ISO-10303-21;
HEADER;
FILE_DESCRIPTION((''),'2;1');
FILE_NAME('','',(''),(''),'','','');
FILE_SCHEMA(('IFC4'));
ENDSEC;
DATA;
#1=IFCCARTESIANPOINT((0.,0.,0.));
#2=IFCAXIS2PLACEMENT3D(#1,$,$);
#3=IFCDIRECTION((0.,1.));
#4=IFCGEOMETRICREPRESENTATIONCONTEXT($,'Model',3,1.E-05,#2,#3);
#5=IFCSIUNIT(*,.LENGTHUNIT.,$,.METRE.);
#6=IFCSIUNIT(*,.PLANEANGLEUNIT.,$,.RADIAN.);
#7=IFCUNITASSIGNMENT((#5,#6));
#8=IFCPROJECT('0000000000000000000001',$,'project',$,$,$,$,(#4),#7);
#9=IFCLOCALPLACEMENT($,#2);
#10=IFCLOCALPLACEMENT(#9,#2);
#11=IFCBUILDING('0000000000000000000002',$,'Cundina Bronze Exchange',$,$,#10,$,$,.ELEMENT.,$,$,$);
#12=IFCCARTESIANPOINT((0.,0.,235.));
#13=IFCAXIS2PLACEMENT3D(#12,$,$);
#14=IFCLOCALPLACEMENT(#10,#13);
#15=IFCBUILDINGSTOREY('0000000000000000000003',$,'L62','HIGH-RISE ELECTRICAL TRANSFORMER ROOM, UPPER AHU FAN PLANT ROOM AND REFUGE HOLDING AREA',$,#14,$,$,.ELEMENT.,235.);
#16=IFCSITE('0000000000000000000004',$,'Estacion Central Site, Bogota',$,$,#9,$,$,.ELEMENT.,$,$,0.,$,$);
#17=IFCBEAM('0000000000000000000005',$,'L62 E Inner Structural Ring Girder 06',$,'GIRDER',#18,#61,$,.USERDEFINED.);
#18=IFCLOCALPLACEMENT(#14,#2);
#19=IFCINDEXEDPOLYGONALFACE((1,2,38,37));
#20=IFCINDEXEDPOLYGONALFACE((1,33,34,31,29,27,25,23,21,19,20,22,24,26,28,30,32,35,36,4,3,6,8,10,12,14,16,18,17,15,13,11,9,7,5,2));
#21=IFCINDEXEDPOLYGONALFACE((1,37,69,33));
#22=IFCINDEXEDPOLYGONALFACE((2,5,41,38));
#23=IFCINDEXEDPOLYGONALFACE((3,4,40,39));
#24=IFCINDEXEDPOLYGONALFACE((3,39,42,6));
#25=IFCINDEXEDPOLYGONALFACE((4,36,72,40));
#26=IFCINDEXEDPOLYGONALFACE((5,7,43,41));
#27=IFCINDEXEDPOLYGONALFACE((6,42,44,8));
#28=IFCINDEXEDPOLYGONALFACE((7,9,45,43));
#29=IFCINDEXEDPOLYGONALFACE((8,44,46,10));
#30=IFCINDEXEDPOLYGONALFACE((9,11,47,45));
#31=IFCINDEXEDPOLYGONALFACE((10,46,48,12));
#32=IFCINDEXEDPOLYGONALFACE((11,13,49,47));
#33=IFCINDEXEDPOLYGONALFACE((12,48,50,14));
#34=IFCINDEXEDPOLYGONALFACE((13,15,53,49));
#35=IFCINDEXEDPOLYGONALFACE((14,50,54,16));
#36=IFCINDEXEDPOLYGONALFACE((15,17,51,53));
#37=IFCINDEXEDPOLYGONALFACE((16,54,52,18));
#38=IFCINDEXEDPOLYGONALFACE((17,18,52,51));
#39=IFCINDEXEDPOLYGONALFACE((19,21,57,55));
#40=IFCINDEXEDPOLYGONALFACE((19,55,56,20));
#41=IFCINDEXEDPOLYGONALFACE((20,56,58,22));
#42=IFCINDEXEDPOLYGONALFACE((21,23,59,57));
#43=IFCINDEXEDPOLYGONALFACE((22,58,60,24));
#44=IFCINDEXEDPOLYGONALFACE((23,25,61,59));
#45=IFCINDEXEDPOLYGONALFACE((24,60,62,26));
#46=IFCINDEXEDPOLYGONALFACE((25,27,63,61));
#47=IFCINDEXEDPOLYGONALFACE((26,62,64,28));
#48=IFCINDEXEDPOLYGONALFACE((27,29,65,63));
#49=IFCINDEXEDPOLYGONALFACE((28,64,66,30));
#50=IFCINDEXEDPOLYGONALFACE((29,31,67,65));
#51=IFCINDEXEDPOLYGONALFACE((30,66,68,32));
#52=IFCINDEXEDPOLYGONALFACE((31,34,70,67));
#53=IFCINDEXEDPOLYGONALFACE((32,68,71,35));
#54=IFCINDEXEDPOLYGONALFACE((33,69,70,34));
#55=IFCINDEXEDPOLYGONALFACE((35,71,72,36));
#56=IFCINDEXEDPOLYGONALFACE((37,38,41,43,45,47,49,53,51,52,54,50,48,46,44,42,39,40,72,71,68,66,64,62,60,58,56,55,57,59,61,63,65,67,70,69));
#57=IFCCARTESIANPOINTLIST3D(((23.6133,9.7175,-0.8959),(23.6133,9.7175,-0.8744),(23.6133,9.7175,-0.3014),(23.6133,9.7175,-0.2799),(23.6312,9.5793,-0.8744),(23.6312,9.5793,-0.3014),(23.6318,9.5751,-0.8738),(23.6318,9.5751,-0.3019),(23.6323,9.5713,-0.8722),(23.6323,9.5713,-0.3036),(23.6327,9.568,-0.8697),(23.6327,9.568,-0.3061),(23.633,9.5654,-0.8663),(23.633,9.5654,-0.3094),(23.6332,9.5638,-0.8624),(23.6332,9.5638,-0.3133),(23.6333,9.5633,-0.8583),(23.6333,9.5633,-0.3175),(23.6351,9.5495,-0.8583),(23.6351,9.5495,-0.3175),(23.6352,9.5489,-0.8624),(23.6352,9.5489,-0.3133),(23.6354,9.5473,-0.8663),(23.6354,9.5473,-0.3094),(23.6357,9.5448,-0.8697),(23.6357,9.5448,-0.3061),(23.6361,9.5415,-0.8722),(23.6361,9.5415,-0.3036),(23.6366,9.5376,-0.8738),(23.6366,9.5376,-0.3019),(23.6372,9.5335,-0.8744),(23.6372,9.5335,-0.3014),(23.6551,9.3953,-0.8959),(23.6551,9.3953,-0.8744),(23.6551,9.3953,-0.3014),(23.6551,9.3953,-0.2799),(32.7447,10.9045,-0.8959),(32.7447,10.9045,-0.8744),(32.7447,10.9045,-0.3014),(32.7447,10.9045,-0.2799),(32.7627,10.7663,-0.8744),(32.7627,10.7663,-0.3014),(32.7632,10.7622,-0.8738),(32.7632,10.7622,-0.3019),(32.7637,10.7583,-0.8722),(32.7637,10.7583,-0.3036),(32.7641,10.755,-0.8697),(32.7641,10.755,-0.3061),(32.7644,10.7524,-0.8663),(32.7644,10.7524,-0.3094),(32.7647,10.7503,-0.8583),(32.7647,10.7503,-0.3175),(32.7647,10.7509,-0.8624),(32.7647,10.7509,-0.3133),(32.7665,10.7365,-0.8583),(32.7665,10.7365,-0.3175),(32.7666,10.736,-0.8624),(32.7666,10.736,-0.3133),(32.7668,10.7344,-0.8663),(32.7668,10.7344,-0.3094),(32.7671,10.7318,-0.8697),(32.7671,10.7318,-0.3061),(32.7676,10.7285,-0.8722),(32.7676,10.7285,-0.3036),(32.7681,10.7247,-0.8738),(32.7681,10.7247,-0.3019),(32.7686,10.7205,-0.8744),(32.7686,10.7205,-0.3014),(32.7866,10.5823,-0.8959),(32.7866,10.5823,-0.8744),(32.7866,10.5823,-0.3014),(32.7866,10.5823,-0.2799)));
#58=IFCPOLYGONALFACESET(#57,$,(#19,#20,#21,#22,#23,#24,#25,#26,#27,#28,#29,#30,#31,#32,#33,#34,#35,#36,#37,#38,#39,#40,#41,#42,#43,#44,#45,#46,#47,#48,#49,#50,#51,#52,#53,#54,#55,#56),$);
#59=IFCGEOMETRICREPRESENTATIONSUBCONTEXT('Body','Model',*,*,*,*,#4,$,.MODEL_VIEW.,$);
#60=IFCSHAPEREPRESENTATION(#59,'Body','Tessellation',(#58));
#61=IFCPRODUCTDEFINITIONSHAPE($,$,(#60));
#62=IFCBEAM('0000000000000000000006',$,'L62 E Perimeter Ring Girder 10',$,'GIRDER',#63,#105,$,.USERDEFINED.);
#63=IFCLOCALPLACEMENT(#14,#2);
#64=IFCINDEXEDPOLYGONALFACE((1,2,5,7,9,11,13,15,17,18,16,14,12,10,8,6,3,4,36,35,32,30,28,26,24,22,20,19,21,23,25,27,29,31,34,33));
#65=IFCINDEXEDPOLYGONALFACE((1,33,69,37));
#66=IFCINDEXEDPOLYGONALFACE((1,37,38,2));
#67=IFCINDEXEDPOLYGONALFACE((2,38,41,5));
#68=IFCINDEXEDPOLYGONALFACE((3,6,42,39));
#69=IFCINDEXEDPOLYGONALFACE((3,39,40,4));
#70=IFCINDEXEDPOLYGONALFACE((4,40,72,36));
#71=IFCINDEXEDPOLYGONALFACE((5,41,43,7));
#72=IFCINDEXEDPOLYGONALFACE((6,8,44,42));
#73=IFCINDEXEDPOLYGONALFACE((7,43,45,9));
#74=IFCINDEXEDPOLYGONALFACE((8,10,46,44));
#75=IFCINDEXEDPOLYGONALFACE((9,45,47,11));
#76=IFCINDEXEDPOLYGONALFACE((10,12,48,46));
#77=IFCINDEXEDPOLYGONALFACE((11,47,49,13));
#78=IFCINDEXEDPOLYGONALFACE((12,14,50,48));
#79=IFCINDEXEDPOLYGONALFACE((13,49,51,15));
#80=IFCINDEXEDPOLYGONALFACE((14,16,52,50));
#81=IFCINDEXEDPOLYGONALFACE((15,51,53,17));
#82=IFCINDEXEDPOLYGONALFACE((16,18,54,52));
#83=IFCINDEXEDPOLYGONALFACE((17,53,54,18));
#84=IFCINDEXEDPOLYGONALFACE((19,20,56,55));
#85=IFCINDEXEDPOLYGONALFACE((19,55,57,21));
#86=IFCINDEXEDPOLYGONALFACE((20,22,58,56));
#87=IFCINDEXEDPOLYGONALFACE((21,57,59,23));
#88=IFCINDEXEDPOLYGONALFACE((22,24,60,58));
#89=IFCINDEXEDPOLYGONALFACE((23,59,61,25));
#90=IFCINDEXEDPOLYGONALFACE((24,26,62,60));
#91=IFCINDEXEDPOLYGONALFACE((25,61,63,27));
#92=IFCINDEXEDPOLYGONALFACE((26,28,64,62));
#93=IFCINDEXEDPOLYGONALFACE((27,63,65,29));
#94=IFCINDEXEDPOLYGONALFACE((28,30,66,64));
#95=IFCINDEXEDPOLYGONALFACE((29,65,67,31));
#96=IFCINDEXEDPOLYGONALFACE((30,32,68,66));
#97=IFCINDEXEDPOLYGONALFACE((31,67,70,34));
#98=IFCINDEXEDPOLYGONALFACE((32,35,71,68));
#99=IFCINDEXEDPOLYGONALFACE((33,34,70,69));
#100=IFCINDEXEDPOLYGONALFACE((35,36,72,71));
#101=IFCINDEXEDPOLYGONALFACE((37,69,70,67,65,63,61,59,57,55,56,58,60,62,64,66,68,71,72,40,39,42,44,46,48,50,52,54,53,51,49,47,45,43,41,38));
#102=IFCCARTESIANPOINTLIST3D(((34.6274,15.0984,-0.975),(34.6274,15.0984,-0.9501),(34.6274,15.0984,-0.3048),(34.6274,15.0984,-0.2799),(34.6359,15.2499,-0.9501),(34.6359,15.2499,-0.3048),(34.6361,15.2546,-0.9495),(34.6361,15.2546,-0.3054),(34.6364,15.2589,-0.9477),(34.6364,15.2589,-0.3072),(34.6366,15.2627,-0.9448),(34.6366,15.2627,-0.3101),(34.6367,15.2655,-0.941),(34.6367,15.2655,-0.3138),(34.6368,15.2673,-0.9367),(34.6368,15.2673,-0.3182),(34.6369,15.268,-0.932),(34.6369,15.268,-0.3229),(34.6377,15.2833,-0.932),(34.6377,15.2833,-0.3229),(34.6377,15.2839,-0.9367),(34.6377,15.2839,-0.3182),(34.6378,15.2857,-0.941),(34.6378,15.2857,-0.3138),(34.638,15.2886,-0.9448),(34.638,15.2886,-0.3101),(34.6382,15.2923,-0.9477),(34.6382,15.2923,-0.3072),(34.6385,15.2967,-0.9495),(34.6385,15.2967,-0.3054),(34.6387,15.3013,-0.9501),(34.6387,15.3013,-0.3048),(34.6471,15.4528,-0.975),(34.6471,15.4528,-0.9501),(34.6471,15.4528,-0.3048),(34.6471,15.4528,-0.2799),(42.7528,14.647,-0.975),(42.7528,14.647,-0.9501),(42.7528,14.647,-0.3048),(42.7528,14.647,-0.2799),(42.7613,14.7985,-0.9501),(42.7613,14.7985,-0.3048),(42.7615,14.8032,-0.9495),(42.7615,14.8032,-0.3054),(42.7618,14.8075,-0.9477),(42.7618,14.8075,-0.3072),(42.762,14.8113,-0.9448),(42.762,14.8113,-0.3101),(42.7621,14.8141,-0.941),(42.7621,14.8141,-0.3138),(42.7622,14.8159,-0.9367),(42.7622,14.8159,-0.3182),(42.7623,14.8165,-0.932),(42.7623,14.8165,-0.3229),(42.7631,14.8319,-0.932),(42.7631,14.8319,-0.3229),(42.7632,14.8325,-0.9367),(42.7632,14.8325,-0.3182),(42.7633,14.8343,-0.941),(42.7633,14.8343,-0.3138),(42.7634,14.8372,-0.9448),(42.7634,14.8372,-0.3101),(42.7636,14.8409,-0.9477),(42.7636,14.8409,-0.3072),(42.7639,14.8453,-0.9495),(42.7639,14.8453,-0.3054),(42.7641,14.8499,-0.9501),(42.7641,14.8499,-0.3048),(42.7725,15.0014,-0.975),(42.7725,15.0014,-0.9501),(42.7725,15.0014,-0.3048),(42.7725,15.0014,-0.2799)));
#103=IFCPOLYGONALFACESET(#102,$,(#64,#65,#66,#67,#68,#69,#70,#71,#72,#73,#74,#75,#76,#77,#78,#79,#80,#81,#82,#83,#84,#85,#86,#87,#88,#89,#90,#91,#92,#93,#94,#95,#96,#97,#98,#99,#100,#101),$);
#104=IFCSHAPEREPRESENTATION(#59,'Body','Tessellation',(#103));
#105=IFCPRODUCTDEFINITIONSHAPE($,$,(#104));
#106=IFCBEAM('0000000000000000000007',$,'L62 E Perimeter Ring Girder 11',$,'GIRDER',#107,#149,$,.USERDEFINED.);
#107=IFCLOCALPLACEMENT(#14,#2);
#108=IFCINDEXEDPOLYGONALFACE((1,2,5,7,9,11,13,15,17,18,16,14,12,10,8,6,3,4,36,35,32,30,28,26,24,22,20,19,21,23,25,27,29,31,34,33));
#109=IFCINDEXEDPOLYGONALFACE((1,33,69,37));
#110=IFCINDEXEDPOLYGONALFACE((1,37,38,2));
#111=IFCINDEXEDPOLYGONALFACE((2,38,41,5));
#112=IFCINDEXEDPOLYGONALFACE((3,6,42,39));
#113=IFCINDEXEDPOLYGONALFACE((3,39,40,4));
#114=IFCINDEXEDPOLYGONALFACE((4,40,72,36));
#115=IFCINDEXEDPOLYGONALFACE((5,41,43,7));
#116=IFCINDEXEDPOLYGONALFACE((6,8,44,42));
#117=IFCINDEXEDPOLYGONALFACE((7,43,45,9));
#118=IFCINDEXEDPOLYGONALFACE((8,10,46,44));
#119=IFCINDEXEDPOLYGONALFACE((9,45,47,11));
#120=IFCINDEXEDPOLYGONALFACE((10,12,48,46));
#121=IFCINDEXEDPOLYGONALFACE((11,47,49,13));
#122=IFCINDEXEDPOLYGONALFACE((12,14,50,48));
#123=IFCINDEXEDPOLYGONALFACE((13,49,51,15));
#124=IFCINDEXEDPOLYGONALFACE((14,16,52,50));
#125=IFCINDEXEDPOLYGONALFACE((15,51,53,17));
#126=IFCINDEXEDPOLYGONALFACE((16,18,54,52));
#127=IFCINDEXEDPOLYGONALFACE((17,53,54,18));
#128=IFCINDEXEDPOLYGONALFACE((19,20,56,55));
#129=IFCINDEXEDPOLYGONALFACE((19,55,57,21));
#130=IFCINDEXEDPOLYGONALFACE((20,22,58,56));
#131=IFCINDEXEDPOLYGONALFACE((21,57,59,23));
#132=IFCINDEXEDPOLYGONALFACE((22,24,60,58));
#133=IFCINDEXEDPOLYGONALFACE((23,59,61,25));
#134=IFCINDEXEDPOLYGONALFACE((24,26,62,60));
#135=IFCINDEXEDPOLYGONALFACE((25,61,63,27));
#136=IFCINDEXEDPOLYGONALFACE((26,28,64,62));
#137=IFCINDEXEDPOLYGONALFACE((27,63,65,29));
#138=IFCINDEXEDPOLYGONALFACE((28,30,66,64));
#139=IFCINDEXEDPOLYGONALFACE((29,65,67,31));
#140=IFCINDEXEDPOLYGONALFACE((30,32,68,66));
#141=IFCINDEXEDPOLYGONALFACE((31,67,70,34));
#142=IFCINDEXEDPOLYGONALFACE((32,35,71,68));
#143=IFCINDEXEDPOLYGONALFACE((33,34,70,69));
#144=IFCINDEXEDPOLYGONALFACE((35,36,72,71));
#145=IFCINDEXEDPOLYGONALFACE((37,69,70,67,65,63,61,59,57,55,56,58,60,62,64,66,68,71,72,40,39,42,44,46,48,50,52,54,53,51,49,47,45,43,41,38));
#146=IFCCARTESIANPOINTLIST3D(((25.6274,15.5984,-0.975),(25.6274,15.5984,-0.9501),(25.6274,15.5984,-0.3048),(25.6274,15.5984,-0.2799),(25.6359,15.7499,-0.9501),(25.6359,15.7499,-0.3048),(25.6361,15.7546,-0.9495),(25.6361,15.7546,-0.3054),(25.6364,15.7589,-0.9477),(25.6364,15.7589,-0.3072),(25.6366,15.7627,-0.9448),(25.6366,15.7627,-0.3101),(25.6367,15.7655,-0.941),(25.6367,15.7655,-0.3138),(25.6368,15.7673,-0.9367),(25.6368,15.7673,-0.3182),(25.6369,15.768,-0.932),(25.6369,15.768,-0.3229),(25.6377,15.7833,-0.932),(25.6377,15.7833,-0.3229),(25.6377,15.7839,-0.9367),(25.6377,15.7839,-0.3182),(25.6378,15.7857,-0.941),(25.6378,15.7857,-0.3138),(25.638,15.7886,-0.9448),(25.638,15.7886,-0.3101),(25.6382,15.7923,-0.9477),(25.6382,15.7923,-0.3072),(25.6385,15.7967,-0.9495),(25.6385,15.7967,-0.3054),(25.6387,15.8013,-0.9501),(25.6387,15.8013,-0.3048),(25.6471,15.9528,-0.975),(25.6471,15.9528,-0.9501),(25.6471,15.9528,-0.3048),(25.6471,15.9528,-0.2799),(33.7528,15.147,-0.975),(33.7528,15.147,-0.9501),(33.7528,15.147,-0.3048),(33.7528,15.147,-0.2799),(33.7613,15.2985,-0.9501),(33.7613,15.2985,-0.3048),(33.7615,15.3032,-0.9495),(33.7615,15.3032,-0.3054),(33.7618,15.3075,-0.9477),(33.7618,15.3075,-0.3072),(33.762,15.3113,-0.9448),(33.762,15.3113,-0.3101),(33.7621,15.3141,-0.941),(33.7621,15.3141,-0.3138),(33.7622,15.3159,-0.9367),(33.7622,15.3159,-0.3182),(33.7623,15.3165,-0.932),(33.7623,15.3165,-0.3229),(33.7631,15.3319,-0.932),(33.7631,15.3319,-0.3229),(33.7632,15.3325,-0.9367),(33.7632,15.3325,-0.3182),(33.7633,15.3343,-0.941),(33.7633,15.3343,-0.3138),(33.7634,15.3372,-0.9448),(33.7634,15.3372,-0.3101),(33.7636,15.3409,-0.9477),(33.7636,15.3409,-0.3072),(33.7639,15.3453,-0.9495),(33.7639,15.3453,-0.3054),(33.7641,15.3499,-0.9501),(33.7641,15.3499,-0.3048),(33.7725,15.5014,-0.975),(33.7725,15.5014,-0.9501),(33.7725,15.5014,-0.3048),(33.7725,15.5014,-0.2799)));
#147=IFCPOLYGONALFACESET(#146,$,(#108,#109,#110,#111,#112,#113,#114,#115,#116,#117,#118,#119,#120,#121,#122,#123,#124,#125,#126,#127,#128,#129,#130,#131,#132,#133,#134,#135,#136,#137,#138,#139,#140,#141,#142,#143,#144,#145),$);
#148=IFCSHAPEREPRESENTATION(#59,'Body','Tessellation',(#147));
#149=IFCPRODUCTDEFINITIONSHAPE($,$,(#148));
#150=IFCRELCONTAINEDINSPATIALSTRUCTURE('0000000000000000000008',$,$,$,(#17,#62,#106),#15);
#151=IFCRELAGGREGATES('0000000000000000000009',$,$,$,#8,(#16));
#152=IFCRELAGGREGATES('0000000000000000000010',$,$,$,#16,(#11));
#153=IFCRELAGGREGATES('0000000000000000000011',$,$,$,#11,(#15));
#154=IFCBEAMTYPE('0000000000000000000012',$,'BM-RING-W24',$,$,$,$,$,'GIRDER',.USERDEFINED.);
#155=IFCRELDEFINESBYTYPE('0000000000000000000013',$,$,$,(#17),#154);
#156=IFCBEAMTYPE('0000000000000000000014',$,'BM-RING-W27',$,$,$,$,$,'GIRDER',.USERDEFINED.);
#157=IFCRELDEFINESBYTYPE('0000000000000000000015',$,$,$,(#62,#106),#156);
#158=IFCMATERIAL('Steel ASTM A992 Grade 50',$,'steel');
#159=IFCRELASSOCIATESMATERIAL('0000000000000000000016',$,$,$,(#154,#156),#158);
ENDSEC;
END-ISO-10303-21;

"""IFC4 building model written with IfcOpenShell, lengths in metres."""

from ifc_helpers import new_model, si_unit, direction, frame, origin, origin_2d, place, context, subcontext, project, spatial, i_section, extrude, material, material_profile, profile_set, type_object, element, save


model = new_model("IFC4")

# Units and contexts
model_context = context("Model", 3, precision=1e-05, world=origin(), true_north=direction((0.0, 1.0)))
body_context = subcontext(model_context, "Body", "Model", "MODEL_VIEW")
ifc_project = project(units=[si_unit("LENGTHUNIT", "METRE"), si_unit("PLANEANGLEUNIT", "RADIAN")], contexts=[model_context])

# Site, building, storey
site_placement = place(None, origin())
site = spatial("IfcSite", under=ifc_project, at=site_placement, Name="Estacion Central Site, Bogota", CompositionType="ELEMENT", RefElevation=0.0)
building_placement = place(site_placement, origin())
building = spatial("IfcBuilding", under=site, at=building_placement, Name="Cundina Bronze Exchange", CompositionType="ELEMENT")
storey_placement = place(building_placement, frame((0.0, 0.0, 235.0)))
storey = spatial("IfcBuildingStorey", under=building, at=storey_placement, Name="L62", Description="HIGH-RISE ELECTRICAL TRANSFORMER ROOM, UPPER AHU FAN PLANT ROOM AND REFUGE HOLDING AREA", CompositionType="ELEMENT", Elevation=235.0)

# Beams
ifc_material_1 = material(Name="Steel ASTM A992 Grade 50", Category="steel")
ifc_material_profile_1 = material_profile(ifc_material_1, i_section(OverallWidth=0.325, OverallDepth=0.616, WebThickness=0.0139, FlangeThickness=0.0215, FilletRadius=0.0161, at=origin_2d()), Name="W24X117", Category="steel")
ifc_profile_set_1 = profile_set([ifc_material_profile_1], Name="Steel ASTM A992 Grade 50")
beam_type_1 = type_object("IfcBeamType", Name="BM-RING-W24", ElementType="GIRDER", PredefinedType="USERDEFINED", material=ifc_profile_set_1)
beam_1_placement = place(storey_placement, frame((32.7656, 10.7434, -0.5879), z_axis=(-0.991656, -0.128908, 0.0), x_axis=(0.128908, -0.991656, 0.0)))
element("IfcBeam", 1, at=beam_1_placement, inside=storey, type_object=beam_type_1, Name="L62 E Inner Structural Ring Girder 06", ObjectType="GIRDER", PredefinedType="USERDEFINED", context=body_context, shape_type="SweptSolid", body=[
    extrude(i_section(OverallWidth=0.325, OverallDepth=0.616, WebThickness=0.0139, FlangeThickness=0.0215, FilletRadius=0.0161, at=origin_2d()), origin(), (0.0, 0.0, 1.0), 9.2083),
])
ifc_material_profile_2 = material_profile(ifc_material_1, i_section(OverallWidth=0.355, OverallDepth=0.6951, WebThickness=0.0154, FlangeThickness=0.0249, FilletRadius=0.0181, at=origin_2d()), Name="W27X146", Category="steel")
ifc_profile_set_2 = profile_set([ifc_material_profile_2], Name="Steel ASTM A992 Grade 50")
beam_type_2 = type_object("IfcBeamType", Name="BM-RING-W27", ElementType="GIRDER", PredefinedType="USERDEFINED", material=ifc_profile_set_2)
for number, where, z_axis, x_axis, name in (
    (2, (42.7627, 14.8242, -0.6274), (-0.99846, 0.05547, 0.0), (-0.05547, -0.99846, 0.0), "L62 E Perimeter Ring Girder 10"),
    (3, (33.7627, 15.3242, -0.6274), (-0.99846, 0.05547, 0.0), (-0.05547, -0.99846, 0.0), "L62 E Perimeter Ring Girder 11"),
):
    element("IfcBeam", number, at=place(storey_placement, frame(where, z_axis=z_axis, x_axis=x_axis)), inside=storey, type_object=beam_type_2, Name=name, ObjectType="GIRDER", PredefinedType="USERDEFINED", context=body_context, shape_type="SweptSolid", body=[
        extrude(i_section(OverallWidth=0.355, OverallDepth=0.6951, WebThickness=0.0154, FlangeThickness=0.0249, FilletRadius=0.0181, at=origin_2d()), origin(), (0.0, 0.0, 1.0), 8.1379),
    ])

save(model, "model.ifc")
